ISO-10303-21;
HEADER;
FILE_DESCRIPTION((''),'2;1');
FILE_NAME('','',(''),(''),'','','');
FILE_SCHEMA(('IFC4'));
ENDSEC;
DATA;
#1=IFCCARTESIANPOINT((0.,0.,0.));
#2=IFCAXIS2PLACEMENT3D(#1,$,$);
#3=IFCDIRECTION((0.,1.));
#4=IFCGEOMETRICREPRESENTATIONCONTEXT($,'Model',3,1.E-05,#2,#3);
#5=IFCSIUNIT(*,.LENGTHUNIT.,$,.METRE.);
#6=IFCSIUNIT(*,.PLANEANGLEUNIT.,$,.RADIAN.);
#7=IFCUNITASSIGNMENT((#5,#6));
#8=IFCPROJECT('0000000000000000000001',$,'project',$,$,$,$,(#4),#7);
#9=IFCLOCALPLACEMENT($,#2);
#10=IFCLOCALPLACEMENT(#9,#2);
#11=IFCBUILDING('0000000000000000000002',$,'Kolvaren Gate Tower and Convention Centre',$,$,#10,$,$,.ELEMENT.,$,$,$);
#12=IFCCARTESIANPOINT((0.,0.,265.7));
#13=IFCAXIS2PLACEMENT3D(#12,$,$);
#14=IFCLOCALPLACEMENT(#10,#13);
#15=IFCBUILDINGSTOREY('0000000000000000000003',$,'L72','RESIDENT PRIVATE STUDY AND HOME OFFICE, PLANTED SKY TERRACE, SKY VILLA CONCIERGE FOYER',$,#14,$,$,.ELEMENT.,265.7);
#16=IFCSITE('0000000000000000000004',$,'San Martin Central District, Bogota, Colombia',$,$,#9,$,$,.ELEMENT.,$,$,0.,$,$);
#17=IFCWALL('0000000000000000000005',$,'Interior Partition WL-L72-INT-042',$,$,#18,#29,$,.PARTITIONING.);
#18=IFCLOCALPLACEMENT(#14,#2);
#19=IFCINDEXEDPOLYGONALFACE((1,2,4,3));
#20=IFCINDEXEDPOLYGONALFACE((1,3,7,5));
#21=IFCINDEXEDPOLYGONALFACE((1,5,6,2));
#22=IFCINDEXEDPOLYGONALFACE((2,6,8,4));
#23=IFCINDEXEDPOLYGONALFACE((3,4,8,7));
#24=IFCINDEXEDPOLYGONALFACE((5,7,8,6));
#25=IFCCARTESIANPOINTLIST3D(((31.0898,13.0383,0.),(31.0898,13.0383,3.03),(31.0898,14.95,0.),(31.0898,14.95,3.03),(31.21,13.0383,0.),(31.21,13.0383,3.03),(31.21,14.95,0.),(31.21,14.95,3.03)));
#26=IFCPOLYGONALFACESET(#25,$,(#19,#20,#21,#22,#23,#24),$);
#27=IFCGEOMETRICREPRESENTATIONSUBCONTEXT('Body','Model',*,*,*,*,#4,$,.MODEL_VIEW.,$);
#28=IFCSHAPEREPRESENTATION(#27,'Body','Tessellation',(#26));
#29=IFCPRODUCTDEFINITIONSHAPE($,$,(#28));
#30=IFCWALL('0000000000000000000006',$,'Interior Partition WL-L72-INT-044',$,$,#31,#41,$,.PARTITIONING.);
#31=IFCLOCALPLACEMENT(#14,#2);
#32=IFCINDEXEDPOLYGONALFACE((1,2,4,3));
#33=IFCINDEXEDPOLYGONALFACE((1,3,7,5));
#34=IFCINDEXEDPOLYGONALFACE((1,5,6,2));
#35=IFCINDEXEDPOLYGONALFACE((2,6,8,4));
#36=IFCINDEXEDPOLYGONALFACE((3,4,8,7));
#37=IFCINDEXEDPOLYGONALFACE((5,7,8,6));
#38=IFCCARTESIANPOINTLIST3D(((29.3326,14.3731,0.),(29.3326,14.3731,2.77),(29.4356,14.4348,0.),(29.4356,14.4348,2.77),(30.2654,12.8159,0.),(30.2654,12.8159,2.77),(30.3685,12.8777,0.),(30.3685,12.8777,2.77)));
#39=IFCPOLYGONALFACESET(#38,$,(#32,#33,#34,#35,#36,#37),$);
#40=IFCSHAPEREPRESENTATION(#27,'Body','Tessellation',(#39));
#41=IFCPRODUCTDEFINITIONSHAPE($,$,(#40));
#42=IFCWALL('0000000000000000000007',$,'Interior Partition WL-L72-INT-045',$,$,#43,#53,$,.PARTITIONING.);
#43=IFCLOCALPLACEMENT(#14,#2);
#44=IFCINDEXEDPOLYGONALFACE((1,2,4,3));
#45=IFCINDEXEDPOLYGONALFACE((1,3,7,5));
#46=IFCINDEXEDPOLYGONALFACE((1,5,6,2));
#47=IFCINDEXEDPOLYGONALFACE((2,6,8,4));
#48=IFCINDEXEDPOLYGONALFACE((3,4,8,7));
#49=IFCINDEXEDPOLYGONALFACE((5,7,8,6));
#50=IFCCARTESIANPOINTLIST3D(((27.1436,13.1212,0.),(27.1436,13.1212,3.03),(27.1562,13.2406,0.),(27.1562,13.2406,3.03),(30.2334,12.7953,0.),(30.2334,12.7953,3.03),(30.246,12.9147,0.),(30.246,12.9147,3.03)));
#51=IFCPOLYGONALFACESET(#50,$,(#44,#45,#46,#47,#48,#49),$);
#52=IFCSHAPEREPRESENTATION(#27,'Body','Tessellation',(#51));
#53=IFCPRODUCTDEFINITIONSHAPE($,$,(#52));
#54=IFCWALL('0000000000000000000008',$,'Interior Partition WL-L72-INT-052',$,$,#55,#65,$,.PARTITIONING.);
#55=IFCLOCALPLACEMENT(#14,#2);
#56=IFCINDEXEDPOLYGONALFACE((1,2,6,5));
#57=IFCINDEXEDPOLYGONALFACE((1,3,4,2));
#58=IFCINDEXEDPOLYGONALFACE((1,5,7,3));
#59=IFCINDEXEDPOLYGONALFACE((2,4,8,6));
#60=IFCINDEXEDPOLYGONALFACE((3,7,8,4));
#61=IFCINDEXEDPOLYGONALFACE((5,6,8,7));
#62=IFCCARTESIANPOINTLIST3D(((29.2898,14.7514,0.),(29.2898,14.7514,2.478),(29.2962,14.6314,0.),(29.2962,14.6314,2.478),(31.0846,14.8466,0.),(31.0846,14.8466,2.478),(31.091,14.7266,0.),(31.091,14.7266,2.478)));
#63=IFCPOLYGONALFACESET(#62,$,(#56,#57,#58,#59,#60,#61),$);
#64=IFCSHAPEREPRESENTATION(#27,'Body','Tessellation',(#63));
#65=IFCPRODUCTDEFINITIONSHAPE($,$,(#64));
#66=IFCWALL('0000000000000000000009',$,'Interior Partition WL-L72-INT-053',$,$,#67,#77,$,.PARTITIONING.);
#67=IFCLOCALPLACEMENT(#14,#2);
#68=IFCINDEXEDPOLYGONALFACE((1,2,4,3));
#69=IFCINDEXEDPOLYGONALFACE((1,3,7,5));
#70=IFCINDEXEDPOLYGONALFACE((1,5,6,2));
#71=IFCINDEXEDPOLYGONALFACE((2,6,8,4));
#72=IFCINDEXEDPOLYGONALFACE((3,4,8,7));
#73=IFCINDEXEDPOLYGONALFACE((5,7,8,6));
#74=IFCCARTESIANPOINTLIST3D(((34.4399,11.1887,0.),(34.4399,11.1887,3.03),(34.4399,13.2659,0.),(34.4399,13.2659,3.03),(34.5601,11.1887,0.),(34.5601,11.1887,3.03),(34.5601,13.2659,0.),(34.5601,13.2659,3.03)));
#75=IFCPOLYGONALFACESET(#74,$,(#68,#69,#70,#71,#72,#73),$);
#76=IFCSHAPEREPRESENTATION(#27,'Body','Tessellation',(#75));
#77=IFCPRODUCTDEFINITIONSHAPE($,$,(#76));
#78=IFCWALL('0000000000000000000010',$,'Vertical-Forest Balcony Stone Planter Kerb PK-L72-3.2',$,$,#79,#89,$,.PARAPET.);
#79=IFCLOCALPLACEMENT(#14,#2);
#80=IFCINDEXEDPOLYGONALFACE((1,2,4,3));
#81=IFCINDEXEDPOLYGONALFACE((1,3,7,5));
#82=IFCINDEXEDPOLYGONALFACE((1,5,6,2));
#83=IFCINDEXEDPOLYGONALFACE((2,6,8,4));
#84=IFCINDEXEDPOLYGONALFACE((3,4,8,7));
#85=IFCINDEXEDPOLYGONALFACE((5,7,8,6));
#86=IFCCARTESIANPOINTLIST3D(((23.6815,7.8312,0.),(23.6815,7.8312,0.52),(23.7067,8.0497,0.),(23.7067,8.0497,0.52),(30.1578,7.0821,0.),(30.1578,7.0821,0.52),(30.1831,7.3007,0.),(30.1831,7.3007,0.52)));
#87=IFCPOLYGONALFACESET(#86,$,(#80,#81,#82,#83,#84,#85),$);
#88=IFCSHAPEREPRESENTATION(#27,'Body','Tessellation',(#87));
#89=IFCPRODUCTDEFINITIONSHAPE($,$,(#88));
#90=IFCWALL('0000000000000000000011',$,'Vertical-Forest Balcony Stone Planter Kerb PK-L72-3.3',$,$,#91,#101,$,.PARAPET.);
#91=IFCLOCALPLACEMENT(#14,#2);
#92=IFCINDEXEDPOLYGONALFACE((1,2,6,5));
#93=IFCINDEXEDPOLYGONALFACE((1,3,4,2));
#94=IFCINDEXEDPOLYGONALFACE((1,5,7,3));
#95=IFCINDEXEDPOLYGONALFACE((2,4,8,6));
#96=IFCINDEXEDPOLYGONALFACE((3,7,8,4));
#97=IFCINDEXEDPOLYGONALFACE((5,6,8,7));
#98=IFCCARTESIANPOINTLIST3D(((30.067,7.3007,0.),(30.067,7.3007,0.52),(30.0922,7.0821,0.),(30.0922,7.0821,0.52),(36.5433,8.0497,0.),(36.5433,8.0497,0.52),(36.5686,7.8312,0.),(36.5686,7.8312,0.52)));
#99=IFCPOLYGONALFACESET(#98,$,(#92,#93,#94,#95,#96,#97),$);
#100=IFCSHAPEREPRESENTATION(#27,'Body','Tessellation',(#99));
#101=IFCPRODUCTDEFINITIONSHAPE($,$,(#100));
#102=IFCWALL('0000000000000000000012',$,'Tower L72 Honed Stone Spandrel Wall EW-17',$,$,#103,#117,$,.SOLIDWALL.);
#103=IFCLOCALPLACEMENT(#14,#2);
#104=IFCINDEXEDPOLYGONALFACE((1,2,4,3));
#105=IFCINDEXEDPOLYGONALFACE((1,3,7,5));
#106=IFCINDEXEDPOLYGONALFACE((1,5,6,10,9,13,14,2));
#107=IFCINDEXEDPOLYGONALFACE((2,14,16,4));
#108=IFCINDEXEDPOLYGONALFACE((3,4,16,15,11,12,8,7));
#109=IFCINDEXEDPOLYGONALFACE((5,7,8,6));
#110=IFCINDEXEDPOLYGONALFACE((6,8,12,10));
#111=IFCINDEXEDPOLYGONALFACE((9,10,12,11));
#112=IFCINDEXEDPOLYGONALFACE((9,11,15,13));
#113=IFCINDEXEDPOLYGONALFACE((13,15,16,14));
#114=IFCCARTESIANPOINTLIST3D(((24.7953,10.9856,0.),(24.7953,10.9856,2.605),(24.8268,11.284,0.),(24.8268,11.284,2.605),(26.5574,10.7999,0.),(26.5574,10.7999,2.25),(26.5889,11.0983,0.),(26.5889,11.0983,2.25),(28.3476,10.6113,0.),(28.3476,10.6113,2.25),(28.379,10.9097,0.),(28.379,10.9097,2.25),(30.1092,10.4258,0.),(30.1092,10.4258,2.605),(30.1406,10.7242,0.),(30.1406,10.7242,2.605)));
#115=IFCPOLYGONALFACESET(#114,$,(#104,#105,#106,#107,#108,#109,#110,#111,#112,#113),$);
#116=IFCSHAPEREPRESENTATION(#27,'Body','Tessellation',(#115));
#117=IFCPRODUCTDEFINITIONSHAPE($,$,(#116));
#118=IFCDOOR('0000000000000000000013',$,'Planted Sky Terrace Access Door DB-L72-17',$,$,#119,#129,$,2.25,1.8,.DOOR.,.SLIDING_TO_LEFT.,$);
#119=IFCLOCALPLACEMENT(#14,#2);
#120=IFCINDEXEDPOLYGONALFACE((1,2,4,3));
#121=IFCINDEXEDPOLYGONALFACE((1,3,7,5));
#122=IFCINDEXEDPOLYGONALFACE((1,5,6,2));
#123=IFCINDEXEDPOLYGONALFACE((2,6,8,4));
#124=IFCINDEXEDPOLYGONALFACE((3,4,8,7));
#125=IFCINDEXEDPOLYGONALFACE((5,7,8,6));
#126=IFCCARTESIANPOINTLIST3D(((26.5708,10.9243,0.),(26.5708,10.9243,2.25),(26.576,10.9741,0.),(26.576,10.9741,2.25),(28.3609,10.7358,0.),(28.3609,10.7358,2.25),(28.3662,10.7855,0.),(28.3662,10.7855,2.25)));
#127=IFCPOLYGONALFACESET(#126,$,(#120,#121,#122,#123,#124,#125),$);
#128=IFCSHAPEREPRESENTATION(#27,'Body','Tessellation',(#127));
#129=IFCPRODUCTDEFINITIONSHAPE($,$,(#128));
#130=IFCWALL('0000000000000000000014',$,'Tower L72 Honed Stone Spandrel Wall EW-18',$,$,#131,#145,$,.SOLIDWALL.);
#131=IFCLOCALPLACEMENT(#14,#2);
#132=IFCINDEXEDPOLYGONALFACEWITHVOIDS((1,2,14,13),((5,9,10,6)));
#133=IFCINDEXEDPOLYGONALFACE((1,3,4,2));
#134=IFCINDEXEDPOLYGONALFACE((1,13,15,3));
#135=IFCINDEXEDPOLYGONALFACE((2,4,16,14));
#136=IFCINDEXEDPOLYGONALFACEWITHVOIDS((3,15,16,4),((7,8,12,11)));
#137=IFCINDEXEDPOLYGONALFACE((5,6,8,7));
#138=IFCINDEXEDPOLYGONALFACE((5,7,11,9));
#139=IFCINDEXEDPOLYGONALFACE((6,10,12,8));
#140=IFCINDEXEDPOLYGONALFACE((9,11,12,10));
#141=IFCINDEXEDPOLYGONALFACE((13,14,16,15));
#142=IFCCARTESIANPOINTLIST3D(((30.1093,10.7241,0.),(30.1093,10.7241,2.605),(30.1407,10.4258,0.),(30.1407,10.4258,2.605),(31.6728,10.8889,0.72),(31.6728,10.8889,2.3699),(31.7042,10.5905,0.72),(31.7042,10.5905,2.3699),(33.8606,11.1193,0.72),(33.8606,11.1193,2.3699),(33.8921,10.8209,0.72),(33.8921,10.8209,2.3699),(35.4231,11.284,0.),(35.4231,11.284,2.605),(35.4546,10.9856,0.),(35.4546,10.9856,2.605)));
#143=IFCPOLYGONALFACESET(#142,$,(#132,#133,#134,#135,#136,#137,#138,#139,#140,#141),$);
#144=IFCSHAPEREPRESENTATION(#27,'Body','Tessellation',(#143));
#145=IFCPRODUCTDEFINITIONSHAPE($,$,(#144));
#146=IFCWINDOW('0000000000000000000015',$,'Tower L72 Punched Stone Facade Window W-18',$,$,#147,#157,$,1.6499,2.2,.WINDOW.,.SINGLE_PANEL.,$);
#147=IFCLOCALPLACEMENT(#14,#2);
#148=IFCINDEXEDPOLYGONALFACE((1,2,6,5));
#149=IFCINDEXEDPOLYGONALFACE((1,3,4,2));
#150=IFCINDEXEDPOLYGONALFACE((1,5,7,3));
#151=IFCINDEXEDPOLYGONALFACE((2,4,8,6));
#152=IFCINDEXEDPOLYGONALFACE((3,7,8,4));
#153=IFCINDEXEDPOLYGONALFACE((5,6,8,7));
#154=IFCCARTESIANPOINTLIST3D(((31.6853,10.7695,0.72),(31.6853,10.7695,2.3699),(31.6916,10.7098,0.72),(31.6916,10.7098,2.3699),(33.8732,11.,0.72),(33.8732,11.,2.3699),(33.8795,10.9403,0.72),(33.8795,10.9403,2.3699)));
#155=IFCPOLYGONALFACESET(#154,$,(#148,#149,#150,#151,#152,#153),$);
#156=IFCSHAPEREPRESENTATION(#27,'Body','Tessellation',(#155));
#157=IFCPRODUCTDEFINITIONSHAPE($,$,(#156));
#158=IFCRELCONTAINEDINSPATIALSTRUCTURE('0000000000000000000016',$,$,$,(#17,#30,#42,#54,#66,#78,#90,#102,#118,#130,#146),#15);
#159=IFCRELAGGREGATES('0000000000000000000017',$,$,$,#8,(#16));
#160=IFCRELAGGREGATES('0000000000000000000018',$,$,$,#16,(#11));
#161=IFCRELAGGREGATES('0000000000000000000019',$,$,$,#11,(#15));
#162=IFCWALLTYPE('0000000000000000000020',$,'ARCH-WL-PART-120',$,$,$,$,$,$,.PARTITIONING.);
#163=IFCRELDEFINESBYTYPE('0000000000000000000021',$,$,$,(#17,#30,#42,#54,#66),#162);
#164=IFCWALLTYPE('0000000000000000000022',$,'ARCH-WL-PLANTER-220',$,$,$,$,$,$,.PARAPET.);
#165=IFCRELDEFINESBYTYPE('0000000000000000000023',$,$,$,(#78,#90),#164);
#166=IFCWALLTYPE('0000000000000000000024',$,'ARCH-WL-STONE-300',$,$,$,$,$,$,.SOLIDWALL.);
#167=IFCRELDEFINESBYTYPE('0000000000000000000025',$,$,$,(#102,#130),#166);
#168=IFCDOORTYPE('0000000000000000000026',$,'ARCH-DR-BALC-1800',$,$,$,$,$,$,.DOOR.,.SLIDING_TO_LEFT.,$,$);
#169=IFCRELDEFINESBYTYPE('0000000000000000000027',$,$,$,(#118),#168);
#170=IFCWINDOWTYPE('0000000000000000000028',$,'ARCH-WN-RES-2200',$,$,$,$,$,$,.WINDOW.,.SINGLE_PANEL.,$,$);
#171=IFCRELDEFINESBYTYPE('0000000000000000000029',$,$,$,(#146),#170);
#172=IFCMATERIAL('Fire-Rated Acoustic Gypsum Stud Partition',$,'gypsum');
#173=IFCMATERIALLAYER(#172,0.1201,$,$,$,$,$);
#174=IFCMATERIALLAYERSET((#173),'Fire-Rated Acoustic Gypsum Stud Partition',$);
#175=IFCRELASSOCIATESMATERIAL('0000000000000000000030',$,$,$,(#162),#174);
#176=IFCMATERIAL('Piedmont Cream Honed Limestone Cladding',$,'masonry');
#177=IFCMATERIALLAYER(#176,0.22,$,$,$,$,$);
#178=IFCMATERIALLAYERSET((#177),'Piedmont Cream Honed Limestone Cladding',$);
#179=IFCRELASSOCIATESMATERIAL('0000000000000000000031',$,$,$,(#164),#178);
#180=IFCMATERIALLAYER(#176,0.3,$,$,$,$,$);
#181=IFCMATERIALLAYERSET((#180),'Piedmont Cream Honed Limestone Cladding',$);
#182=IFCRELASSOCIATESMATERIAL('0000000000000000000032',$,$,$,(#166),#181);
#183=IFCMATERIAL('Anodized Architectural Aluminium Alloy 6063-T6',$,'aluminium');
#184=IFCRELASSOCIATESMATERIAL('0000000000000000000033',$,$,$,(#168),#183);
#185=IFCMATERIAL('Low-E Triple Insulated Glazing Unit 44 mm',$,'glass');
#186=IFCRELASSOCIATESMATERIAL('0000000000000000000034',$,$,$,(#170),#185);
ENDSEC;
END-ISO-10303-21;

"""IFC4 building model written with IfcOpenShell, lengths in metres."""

from ifc_helpers import new_model, si_unit, direction, frame, frame_2d, origin, place, context, subcontext, project, spatial, rectangle, extrude, material, layer, layer_set, type_object, element, fill, save


model = new_model("IFC4")

# Units and contexts
model_context = context("Model", 3, precision=1e-05, world=origin(), true_north=direction((0.0, 1.0)))
body_context = subcontext(model_context, "Body", "Model", "MODEL_VIEW")
ifc_project = project(units=[si_unit("LENGTHUNIT", "METRE"), si_unit("PLANEANGLEUNIT", "RADIAN")], contexts=[model_context])

# Site, building, storey
site_placement = place(None, origin())
site = spatial("IfcSite", under=ifc_project, at=site_placement, Name="San Martin Central District, Bogota, Colombia", CompositionType="ELEMENT", RefElevation=0.0)
building_placement = place(site_placement, origin())
building = spatial("IfcBuilding", under=site, at=building_placement, Name="Kolvaren Gate Tower and Convention Centre", CompositionType="ELEMENT")
storey_placement = place(building_placement, frame((0.0, 0.0, 265.7)))
storey = spatial("IfcBuildingStorey", under=building, at=storey_placement, Name="L72", Description="RESIDENT PRIVATE STUDY AND HOME OFFICE, PLANTED SKY TERRACE, SKY VILLA CONCIERGE FOYER", CompositionType="ELEMENT", Elevation=265.7)

# Shared definitions
ifc_material_1 = material(Name="Fire-Rated Acoustic Gypsum Stud Partition", Category="gypsum")
ifc_layer_1 = layer(ifc_material_1, 0.1201)
ifc_layer_set_1 = layer_set([ifc_layer_1], Name="Fire-Rated Acoustic Gypsum Stud Partition")
wall_type_1 = type_object("IfcWallType", Name="ARCH-WL-PART-120", PredefinedType="PARTITIONING", material=ifc_layer_set_1)

# Walls
wall_1_placement = place(storey_placement, frame((31.1499, 13.0383, 0.0), z_axis=(0.0, 0.0, 1.0), x_axis=(0.0, 1.0, 0.0)))
element("IfcWall", 1, at=wall_1_placement, inside=storey, type_object=wall_type_1, Name="Interior Partition WL-L72-INT-042", PredefinedType="PARTITIONING", context=body_context, shape_type="SweptSolid", body=[
    extrude(rectangle(XDim=1.9116, YDim=0.1201, at=frame_2d((0.9558, 0.0))), origin(), (0.0, 0.0, 1.0), 3.03),
])
wall_2_placement = place(storey_placement, frame((29.384, 14.4041, 0.0), z_axis=(0.0, 0.0, 1.0), x_axis=(0.513922, -0.857837, 0.0)))
element("IfcWall", 2, at=wall_2_placement, inside=storey, type_object=wall_type_1, Name="Interior Partition WL-L72-INT-044", PredefinedType="PARTITIONING", context=body_context, shape_type="SweptSolid", body=[
    extrude(rectangle(XDim=1.8152, YDim=0.1201, at=frame_2d((0.9077, 0.0))), origin(), (0.0, 0.0, 1.0), 2.77),
])
wall_3_placement = place(storey_placement, frame((27.1499, 13.1809, 0.0), z_axis=(0.0, 0.0, 1.0), x_axis=(0.994483, -0.104902, 0.0)))
element("IfcWall", 3, at=wall_3_placement, inside=storey, type_object=wall_type_1, Name="Interior Partition WL-L72-INT-045", PredefinedType="PARTITIONING", context=body_context, shape_type="SweptSolid", body=[
    extrude(rectangle(XDim=3.1069, YDim=0.1201, at=frame_2d((1.5535, 0.0))), origin(), (0.0, 0.0, 1.0), 3.03),
])
wall_4_placement = place(storey_placement, frame((29.293, 14.6914, 0.0), z_axis=(0.0, 0.0, 1.0), x_axis=(0.998596, 0.052972, 0.0)))
element("IfcWall", 4, at=wall_4_placement, inside=storey, type_object=wall_type_1, Name="Interior Partition WL-L72-INT-052", PredefinedType="PARTITIONING", context=body_context, shape_type="SweptSolid", body=[
    extrude(rectangle(XDim=1.7974, YDim=0.1201, at=frame_2d((0.8987, 0.0))), origin(), (0.0, 0.0, 1.0), 2.478),
])
wall_5_placement = place(storey_placement, frame((34.5, 11.1887, 0.0), z_axis=(0.0, 0.0, 1.0), x_axis=(0.0, 1.0, 0.0)))
element("IfcWall", 5, at=wall_5_placement, inside=storey, type_object=wall_type_1, Name="Interior Partition WL-L72-INT-053", PredefinedType="PARTITIONING", context=body_context, shape_type="SweptSolid", body=[
    extrude(rectangle(XDim=2.0771, YDim=0.1201, at=frame_2d((1.0386, 0.0))), origin(), (0.0, 0.0, 1.0), 3.03),
])
ifc_material_2 = material(Name="Piedmont Cream Honed Limestone Cladding", Category="masonry")
ifc_layer_2 = layer(ifc_material_2, 0.22)
ifc_layer_set_2 = layer_set([ifc_layer_2], Name="Piedmont Cream Honed Limestone Cladding")
wall_type_2 = type_object("IfcWallType", Name="ARCH-WL-PLANTER-220", PredefinedType="PARAPET", material=ifc_layer_set_2)
for number, where, z_axis, x_axis, name in (
    (6, (23.6941, 7.9404, 0.0), (0.0, 0.0, 1.0), (0.993378, -0.11489, 0.0), "Vertical-Forest Balcony Stone Planter Kerb PK-L72-3.2"),
    (7, (30.0796, 7.1914, 0.0), (0.0, 0.0, 1.0), (0.993378, 0.11489, 0.0), "Vertical-Forest Balcony Stone Planter Kerb PK-L72-3.3"),
):
    element("IfcWall", number, at=place(storey_placement, frame(where, z_axis=z_axis, x_axis=x_axis)), inside=storey, type_object=wall_type_2, Name=name, PredefinedType="PARAPET", context=body_context, shape_type="SweptSolid", body=[
        extrude(rectangle(XDim=6.5195, YDim=0.22, at=frame_2d((3.2598, 0.0))), origin(), (0.0, 0.0, 1.0), 0.52),
    ])

# Wall, opening, door
ifc_layer_3 = layer(ifc_material_2, 0.3)
ifc_layer_set_3 = layer_set([ifc_layer_3], Name="Piedmont Cream Honed Limestone Cladding")
wall_type_3 = type_object("IfcWallType", Name="ARCH-WL-STONE-300", PredefinedType="SOLIDWALL", material=ifc_layer_set_3)
wall_6_placement = place(storey_placement, frame((24.811, 11.1348, 0.0), z_axis=(0.0, 0.0, 1.0), x_axis=(0.994497, -0.104768, 0.0)))
wall_6 = element("IfcWall", 8, at=wall_6_placement, inside=storey, type_object=wall_type_3, Name="Tower L72 Honed Stone Spandrel Wall EW-17", PredefinedType="SOLIDWALL", context=body_context, shape_type="SweptSolid", body=[
    extrude(rectangle(XDim=5.3433, YDim=0.3, at=frame_2d((2.6716, 0.0))), origin(), (0.0, 0.0, 1.0), 2.605),
])
opening_1_placement = place(wall_6_placement, frame((1.772, 0.0, 0.0)))
opening_1 = element("IfcOpeningElement", 9, at=opening_1_placement, cuts=wall_6, PredefinedType="OPENING", context=body_context, shape_type="SweptSolid", body=[
    extrude(rectangle(XDim=1.8, YDim=2.25, at=frame_2d((0.8999, 1.125))), frame((0.0, 0.1599, 0.0), z_axis=(0.0, -1.0, 0.0), x_axis=(1.0, 0.0, 0.0)), (0.0, 0.0, 1.0), 0.3201),
])
ifc_material_3 = material(Name="Anodized Architectural Aluminium Alloy 6063-T6", Category="aluminium")
door_type_1 = type_object("IfcDoorType", Name="ARCH-DR-BALC-1800", OperationType="SLIDING_TO_LEFT", PredefinedType="DOOR", material=ifc_material_3)
door_1_placement = place(opening_1_placement, frame((1.8, 0.0, 0.0), z_axis=(0.0, 0.0, 1.0), x_axis=(-1.0, 0.0, 0.0)))
door_1 = element("IfcDoor", 10, at=door_1_placement, inside=storey, type_object=door_type_1, Name="Planted Sky Terrace Access Door DB-L72-17", OperationType="SLIDING_TO_LEFT", OverallHeight=2.25, OverallWidth=1.8, PredefinedType="DOOR", context=body_context, shape_type="SweptSolid", body=[
    extrude(rectangle(XDim=1.8, YDim=2.25, at=frame_2d((0.8999, 1.125))), frame((0.0, 0.0249, 0.0), z_axis=(0.0, -1.0, 0.0), x_axis=(1.0, 0.0, 0.0)), (0.0, 0.0, 1.0), 0.05),
])
fill(opening_1, door_1)

# Wall, opening, window
wall_7_placement = place(storey_placement, frame((30.125, 10.575, 0.0), z_axis=(0.0, 0.0, 1.0), x_axis=(0.994497, 0.104768, 0.0)))
wall_7 = element("IfcWall", 11, at=wall_7_placement, inside=storey, type_object=wall_type_3, Name="Tower L72 Honed Stone Spandrel Wall EW-18", PredefinedType="SOLIDWALL", context=body_context, shape_type="SweptSolid", body=[
    extrude(rectangle(XDim=5.3433, YDim=0.3, at=frame_2d((2.6716, 0.0))), origin(), (0.0, 0.0, 1.0), 2.605),
])
opening_2_placement = place(wall_7_placement, frame((1.572, 0.0, 0.72)))
opening_2 = element("IfcOpeningElement", 12, at=opening_2_placement, cuts=wall_7, PredefinedType="OPENING", context=body_context, shape_type="SweptSolid", body=[
    extrude(rectangle(XDim=2.2, YDim=1.6499, at=frame_2d((1.1001, 0.825))), frame((0.0, 0.1599, 0.0), z_axis=(0.0, -1.0, 0.0), x_axis=(1.0, 0.0, 0.0)), (0.0, 0.0, 1.0), 0.3201),
])
ifc_material_4 = material(Name="Low-E Triple Insulated Glazing Unit 44 mm", Category="glass")
window_type = type_object("IfcWindowType", Name="ARCH-WN-RES-2200", PartitioningType="SINGLE_PANEL", PredefinedType="WINDOW", material=ifc_material_4)
window_1_placement = place(opening_2_placement, origin())
window_1 = element("IfcWindow", 13, at=window_1_placement, inside=storey, type_object=window_type, Name="Tower L72 Punched Stone Facade Window W-18", OverallHeight=1.6499, OverallWidth=2.2, PartitioningType="SINGLE_PANEL", PredefinedType="WINDOW", context=body_context, shape_type="SweptSolid", body=[
    extrude(rectangle(XDim=2.2, YDim=1.6499, at=frame_2d((1.1001, 0.825))), frame((0.0, 0.03, 0.0), z_axis=(0.0, -1.0, 0.0), x_axis=(1.0, 0.0, 0.0)), (0.0, 0.0, 1.0), 0.0601),
])
fill(opening_2, window_1)

save(model, "model.ifc")
